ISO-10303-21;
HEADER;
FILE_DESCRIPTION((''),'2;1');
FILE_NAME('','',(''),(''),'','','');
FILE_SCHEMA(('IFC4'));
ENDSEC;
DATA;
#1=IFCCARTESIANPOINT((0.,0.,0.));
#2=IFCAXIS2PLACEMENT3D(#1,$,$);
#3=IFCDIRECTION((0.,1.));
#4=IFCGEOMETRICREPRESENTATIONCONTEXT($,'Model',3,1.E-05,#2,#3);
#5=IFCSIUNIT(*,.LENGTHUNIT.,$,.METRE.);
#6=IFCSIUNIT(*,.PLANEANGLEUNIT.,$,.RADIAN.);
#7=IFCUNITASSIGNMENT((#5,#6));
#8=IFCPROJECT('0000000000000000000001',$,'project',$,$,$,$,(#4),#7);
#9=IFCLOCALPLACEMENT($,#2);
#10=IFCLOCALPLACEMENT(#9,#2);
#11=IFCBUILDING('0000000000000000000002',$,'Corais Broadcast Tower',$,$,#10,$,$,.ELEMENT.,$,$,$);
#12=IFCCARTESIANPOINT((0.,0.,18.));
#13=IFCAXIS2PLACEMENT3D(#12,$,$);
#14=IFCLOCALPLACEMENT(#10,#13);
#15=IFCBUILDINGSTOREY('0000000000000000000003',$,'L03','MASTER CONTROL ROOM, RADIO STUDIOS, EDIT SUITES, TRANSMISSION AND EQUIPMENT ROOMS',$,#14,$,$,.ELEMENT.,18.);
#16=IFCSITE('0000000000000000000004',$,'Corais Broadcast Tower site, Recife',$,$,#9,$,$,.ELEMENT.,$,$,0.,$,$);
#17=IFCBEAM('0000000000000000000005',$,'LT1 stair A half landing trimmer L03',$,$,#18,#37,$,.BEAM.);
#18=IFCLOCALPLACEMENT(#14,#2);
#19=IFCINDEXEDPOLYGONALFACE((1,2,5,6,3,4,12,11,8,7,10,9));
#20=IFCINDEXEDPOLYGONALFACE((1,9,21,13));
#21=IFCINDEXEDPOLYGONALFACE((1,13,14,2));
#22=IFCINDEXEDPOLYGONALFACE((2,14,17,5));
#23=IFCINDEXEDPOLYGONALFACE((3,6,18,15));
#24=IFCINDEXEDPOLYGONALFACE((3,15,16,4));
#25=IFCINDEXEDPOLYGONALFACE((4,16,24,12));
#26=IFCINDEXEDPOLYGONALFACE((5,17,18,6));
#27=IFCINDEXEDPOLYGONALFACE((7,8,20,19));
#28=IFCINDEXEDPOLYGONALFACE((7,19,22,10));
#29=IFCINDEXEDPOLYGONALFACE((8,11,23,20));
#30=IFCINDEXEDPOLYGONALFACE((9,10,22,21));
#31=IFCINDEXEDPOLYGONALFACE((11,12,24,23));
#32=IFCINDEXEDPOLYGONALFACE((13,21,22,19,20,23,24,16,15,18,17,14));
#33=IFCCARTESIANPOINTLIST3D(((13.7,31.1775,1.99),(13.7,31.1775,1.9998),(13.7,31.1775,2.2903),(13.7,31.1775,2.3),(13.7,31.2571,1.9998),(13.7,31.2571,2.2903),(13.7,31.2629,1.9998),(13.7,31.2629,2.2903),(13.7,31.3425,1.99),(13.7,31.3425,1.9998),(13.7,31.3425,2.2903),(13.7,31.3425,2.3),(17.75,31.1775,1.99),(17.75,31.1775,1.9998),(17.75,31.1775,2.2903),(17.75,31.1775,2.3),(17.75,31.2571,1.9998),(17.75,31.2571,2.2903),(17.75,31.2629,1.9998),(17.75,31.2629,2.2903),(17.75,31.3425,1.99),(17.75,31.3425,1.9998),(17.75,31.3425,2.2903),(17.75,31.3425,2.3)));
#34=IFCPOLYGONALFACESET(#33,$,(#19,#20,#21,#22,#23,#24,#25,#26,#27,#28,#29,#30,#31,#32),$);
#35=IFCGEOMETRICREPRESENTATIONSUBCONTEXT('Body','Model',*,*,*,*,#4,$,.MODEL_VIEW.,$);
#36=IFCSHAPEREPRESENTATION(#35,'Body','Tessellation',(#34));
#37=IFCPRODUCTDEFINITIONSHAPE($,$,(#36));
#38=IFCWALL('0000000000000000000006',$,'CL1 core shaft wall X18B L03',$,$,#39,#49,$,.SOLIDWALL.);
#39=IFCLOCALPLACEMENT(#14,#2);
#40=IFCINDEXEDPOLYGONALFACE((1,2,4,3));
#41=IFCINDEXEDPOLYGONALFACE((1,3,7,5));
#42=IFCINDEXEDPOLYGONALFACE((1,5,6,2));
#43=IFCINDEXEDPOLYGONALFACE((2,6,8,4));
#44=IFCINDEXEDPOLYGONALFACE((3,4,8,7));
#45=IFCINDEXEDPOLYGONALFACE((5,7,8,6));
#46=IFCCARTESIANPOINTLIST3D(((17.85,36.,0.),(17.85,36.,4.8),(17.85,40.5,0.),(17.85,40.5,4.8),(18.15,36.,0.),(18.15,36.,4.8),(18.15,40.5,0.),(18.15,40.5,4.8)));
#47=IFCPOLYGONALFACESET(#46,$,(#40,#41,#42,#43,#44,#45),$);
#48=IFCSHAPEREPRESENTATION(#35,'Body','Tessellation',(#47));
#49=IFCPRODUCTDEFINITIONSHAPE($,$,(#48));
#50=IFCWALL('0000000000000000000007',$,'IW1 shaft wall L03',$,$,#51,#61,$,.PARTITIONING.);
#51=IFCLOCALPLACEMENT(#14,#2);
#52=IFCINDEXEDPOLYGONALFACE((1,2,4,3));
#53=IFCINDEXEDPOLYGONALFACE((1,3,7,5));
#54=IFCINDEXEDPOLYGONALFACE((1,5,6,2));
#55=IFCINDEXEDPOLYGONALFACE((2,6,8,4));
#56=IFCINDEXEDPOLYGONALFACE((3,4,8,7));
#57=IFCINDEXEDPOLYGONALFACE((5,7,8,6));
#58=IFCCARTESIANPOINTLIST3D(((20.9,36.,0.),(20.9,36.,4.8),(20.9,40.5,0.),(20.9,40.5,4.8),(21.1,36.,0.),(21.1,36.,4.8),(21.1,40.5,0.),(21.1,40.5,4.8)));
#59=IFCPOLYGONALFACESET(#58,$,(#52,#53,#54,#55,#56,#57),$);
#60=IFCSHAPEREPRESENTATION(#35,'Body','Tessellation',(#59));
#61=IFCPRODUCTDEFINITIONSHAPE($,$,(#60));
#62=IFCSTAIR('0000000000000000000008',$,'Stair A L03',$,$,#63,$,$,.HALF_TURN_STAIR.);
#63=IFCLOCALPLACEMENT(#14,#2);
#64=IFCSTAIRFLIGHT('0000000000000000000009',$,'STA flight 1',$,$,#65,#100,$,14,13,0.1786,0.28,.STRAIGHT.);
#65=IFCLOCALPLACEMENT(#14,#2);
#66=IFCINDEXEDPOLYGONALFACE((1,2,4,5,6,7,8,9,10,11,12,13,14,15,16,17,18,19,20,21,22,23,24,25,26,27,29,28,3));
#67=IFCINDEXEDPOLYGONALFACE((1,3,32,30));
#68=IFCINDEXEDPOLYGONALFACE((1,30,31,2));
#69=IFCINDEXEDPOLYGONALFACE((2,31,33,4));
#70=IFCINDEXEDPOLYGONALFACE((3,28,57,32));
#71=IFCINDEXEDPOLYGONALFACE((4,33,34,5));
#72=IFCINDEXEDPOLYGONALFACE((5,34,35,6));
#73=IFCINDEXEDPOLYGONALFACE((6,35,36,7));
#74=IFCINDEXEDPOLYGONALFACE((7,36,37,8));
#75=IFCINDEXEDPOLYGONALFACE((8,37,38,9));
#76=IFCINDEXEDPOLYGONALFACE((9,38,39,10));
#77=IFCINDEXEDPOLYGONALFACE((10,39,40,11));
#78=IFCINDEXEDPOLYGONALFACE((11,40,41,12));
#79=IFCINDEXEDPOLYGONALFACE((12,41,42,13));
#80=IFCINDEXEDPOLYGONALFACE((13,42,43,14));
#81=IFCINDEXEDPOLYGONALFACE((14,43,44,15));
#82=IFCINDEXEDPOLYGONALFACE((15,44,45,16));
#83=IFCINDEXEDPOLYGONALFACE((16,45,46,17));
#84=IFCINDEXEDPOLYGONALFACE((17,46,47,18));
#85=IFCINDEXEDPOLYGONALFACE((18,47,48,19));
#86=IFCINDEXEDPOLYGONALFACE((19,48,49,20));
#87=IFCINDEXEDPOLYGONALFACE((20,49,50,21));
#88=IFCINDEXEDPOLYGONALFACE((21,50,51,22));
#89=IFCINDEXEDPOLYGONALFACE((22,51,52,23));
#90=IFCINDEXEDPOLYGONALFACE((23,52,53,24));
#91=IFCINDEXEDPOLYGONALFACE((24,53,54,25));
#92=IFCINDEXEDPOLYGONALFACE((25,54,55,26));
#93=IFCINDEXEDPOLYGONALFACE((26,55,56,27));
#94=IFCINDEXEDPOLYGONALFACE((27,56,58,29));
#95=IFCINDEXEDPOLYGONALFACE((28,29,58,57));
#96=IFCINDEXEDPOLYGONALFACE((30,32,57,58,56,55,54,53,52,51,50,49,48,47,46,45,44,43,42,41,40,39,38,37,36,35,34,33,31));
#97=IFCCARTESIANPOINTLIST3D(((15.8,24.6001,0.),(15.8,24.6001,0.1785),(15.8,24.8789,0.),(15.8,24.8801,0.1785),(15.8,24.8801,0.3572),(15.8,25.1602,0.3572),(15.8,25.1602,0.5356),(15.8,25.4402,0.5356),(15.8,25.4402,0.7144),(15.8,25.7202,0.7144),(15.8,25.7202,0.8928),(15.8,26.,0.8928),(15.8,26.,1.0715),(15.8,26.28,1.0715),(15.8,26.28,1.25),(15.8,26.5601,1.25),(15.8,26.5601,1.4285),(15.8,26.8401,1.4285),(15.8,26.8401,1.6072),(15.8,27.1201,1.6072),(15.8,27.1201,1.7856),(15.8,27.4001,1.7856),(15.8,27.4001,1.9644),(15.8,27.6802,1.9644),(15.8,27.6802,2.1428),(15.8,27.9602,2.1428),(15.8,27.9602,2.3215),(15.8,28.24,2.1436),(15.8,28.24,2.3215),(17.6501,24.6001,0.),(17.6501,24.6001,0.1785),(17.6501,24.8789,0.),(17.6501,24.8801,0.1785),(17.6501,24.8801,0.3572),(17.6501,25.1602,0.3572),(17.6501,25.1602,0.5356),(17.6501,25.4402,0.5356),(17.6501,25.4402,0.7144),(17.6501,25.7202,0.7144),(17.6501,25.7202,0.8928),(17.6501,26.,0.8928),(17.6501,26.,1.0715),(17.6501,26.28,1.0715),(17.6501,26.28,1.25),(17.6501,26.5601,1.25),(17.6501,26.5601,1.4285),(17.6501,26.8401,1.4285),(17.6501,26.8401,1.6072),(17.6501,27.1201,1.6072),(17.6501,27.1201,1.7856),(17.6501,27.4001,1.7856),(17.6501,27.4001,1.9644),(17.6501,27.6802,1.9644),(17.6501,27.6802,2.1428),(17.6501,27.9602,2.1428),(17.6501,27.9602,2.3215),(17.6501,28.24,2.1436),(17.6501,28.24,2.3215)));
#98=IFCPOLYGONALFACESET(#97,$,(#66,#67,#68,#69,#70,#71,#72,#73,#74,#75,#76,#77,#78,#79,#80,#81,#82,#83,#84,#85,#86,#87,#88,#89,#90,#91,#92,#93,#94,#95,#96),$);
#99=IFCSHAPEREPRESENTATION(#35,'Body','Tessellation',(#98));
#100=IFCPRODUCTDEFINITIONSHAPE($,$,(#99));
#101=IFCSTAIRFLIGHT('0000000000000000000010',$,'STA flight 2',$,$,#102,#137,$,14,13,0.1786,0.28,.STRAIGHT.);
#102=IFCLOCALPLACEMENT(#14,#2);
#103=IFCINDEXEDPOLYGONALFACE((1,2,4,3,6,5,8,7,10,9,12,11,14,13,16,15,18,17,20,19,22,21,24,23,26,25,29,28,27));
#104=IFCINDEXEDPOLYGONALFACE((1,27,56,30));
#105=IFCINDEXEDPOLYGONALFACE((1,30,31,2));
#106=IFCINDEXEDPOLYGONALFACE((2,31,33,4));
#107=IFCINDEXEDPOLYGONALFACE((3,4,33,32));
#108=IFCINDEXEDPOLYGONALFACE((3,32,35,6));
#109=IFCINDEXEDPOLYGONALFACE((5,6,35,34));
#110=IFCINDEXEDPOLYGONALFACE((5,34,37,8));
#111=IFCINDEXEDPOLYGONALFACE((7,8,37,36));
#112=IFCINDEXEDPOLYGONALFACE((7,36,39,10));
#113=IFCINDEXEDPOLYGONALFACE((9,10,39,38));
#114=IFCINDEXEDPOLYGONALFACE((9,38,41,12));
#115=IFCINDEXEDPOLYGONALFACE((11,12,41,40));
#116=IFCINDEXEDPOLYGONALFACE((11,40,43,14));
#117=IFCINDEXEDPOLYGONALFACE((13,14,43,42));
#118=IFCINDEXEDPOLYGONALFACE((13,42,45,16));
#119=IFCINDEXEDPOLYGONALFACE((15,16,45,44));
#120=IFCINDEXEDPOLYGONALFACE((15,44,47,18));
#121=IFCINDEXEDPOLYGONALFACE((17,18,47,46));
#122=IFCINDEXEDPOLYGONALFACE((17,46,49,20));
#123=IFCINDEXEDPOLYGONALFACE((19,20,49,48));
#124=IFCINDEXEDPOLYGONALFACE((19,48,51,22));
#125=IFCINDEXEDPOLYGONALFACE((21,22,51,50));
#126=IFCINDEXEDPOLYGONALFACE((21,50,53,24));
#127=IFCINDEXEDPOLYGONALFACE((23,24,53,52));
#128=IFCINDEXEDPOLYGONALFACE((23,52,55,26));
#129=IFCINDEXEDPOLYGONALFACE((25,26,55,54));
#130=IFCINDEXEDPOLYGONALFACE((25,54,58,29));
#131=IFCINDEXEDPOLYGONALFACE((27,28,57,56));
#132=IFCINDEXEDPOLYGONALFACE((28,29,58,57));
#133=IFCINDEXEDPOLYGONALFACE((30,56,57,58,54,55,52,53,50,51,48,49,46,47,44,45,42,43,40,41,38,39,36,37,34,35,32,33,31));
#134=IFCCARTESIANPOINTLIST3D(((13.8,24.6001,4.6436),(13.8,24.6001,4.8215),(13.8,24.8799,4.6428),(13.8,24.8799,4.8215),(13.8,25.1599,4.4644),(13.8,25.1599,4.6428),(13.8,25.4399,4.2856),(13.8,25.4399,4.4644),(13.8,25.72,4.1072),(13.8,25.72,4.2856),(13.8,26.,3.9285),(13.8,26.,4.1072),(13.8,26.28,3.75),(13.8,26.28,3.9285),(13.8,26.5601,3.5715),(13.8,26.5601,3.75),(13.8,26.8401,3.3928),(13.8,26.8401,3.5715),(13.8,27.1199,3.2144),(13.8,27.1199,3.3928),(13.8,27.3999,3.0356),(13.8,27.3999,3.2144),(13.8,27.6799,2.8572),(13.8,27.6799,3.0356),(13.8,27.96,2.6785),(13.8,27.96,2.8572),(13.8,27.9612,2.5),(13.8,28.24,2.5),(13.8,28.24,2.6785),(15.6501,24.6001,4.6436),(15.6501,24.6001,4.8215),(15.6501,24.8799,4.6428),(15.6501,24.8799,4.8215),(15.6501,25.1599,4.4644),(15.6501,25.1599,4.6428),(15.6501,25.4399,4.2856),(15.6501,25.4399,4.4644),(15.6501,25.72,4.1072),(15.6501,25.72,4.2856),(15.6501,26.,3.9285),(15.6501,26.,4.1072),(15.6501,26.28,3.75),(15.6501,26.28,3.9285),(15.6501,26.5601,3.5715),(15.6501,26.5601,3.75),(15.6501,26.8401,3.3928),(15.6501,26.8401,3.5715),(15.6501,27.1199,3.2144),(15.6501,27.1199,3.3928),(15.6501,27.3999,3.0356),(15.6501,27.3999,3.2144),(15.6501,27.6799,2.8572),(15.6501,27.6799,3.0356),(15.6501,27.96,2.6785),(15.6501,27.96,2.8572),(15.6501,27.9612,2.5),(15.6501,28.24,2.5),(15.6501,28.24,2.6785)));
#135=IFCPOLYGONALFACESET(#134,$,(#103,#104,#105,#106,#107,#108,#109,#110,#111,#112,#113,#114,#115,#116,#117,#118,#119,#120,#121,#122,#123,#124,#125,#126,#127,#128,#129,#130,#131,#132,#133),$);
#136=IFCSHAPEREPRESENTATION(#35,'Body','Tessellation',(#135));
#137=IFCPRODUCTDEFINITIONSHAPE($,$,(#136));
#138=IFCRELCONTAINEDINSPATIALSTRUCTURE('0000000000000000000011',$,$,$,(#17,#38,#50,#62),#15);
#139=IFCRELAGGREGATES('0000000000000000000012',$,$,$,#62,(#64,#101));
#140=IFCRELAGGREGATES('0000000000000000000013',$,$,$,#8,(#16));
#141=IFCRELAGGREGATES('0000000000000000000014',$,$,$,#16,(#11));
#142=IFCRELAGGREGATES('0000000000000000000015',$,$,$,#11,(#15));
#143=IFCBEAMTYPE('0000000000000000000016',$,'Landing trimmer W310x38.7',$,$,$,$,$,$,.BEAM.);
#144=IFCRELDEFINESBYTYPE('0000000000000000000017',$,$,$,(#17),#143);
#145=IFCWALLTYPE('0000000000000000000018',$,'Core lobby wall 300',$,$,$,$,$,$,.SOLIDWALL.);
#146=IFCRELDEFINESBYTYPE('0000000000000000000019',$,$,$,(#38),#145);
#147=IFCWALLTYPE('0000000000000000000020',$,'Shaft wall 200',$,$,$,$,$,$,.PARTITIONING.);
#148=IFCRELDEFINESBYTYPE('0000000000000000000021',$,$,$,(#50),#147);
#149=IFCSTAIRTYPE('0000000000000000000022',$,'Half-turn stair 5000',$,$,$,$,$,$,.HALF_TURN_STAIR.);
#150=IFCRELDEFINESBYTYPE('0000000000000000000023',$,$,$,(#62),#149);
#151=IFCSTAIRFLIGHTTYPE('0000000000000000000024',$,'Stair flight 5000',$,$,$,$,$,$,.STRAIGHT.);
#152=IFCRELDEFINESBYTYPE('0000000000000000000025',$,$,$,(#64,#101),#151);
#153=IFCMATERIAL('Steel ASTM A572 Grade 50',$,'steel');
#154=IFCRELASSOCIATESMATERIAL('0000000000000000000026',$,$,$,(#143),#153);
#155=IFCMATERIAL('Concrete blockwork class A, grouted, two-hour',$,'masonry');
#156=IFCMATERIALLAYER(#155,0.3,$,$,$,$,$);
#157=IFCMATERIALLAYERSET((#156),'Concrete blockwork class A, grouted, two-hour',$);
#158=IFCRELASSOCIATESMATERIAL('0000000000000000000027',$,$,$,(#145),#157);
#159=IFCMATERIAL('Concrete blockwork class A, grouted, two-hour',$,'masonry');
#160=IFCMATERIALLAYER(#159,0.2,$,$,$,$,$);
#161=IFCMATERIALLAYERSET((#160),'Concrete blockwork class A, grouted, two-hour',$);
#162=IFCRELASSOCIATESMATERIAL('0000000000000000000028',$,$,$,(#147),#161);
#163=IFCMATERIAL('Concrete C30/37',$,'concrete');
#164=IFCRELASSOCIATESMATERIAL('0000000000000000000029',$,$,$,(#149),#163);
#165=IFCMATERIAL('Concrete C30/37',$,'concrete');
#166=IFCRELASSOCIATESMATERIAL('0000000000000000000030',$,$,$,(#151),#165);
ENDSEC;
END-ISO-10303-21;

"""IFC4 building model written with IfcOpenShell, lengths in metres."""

from ifc_helpers import new_model, si_unit, direction, frame, frame_2d, origin, origin_2d, place, context, subcontext, project, spatial, polyline, rectangle, i_section, outline, extrude, material, layer, layer_set, material_profile, profile_set, type_object, element, aggregate, save


model = new_model("IFC4")

# Units and contexts
model_context = context("Model", 3, precision=1e-05, world=origin(), true_north=direction((0.0, 1.0)))
body_context = subcontext(model_context, "Body", "Model", "MODEL_VIEW")
ifc_project = project(units=[si_unit("LENGTHUNIT", "METRE"), si_unit("PLANEANGLEUNIT", "RADIAN")], contexts=[model_context])

# Site, building, storey
site_placement = place(None, origin())
site = spatial("IfcSite", under=ifc_project, at=site_placement, Name="Corais Broadcast Tower site, Recife", CompositionType="ELEMENT", RefElevation=0.0)
building_placement = place(site_placement, origin())
building = spatial("IfcBuilding", under=site, at=building_placement, Name="Corais Broadcast Tower", CompositionType="ELEMENT")
storey_placement = place(building_placement, frame((0.0, 0.0, 18.0)))
storey = spatial("IfcBuildingStorey", under=building, at=storey_placement, Name="L03", Description="MASTER CONTROL ROOM, RADIO STUDIOS, EDIT SUITES, TRANSMISSION AND EQUIPMENT ROOMS", CompositionType="ELEMENT", Elevation=18.0)

# Beam
ifc_material_1 = material(Name="Steel ASTM A572 Grade 50", Category="steel")
ifc_material_profile = material_profile(ifc_material_1, i_section(OverallWidth=0.165, OverallDepth=0.3101, WebThickness=0.0059, FlangeThickness=0.0098, at=origin_2d()), Name="W310x38.7")
ifc_profile_set = profile_set([ifc_material_profile], Name="Steel ASTM A572 Grade 50")
beam_type = type_object("IfcBeamType", Name="Landing trimmer W310x38.7", PredefinedType="BEAM", material=ifc_profile_set)
beam_placement = place(storey_placement, frame((13.7, 31.26, 2.145), z_axis=(1.0, 0.0, 0.0), x_axis=(0.0, 1.0, 0.0)))
element("IfcBeam", 1, at=beam_placement, inside=storey, type_object=beam_type, Name="LT1 stair A half landing trimmer L03", PredefinedType="BEAM", context=body_context, shape_type="SweptSolid", body=[
    extrude(i_section(OverallWidth=0.165, OverallDepth=0.3101, WebThickness=0.0059, FlangeThickness=0.0098, at=origin_2d()), origin(), (0.0, 0.0, 1.0), 4.05),
])

# Walls
ifc_material_2 = material(Name="Concrete blockwork class A, grouted, two-hour", Category="masonry")
ifc_layer_1 = layer(ifc_material_2, 0.3)
ifc_layer_set_1 = layer_set([ifc_layer_1], Name="Concrete blockwork class A, grouted, two-hour")
wall_type_1 = type_object("IfcWallType", Name="Core lobby wall 300", PredefinedType="SOLIDWALL", material=ifc_layer_set_1)
wall_1_placement = place(storey_placement, frame((18.0, 36.0, 0.0), z_axis=(0.0, 0.0, 1.0), x_axis=(0.0, 1.0, 0.0)))
element("IfcWall", 2, at=wall_1_placement, inside=storey, type_object=wall_type_1, Name="CL1 core shaft wall X18B L03", PredefinedType="SOLIDWALL", context=body_context, shape_type="SweptSolid", body=[
    extrude(rectangle(XDim=4.5, YDim=0.3, at=frame_2d((2.25, 0.0))), origin(), (0.0, 0.0, 1.0), 4.8),
])
ifc_material_3 = material(Name="Concrete blockwork class A, grouted, two-hour", Category="masonry")
ifc_layer_2 = layer(ifc_material_3, 0.2)
ifc_layer_set_2 = layer_set([ifc_layer_2], Name="Concrete blockwork class A, grouted, two-hour")
wall_type_2 = type_object("IfcWallType", Name="Shaft wall 200", PredefinedType="PARTITIONING", material=ifc_layer_set_2)
wall_2_placement = place(storey_placement, frame((21.0, 36.0, 0.0), z_axis=(0.0, 0.0, 1.0), x_axis=(0.0, 1.0, 0.0)))
element("IfcWall", 3, at=wall_2_placement, inside=storey, type_object=wall_type_2, Name="IW1 shaft wall L03", PredefinedType="PARTITIONING", context=body_context, shape_type="SweptSolid", body=[
    extrude(rectangle(XDim=4.5, YDim=0.2, at=frame_2d((2.25, 0.0))), origin(), (0.0, 0.0, 1.0), 4.8),
])

# Stair, stair flights
ifc_material_4 = material(Name="Concrete C30/37", Category="concrete")
stair_type = type_object("IfcStairType", Name="Half-turn stair 5000", PredefinedType="HALF_TURN_STAIR", material=ifc_material_4)
stair_placement = place(storey_placement, origin())
stair = element("IfcStair", 4, at=stair_placement, inside=storey, type_object=stair_type, Name="Stair A L03", PredefinedType="HALF_TURN_STAIR")
ifc_material_5 = material(Name="Concrete C30/37", Category="concrete")
stair_flight_type = type_object("IfcStairFlightType", Name="Stair flight 5000", PredefinedType="STRAIGHT", material=ifc_material_5)
stair_flight_1_placement = place(storey_placement, frame((16.7251, 24.6001, 0.0), z_axis=(0.0, 0.0, 1.0), x_axis=(0.0, 1.0, 0.0)))
stair_flight_1 = element("IfcStairFlight", 5, at=stair_flight_1_placement, type_object=stair_flight_type, Name="STA flight 1", NumberOfRisers=14, NumberOfTreads=13, PredefinedType="STRAIGHT", RiserHeight=0.1786, TreadLength=0.28, context=body_context, shape_type="SweptSolid", body=[
    extrude(outline(polyline([(0.0, 0.0), (0.0, 0.1785), (0.28, 0.1785), (0.28, 0.3572), (0.5601, 0.3572), (0.5601, 0.5356), (0.8401, 0.5356), (0.8401, 0.7144), (1.1201, 0.7144), (1.1201, 0.8928), (1.3999, 0.8928), (1.3999, 1.0715), (1.6799, 1.0715), (1.6799, 1.25), (1.96, 1.25), (1.96, 1.4285), (2.24, 1.4285), (2.24, 1.6072), (2.52, 1.6072), (2.52, 1.7856), (2.8, 1.7856), (2.8, 1.9644), (3.0801, 1.9644), (3.0801, 2.1428), (3.3601, 2.1428), (3.3601, 2.3215), (3.6399, 2.3215), (3.6399, 2.5), (3.6399, 2.1436), (0.2788, 0.0), (0.0, 0.0)])), frame((0.0, 0.925, 0.0), z_axis=(0.0, -1.0, 0.0), x_axis=(1.0, 0.0, 0.0)), (0.0, 0.0, 1.0), 1.8501),
])
stair_flight_2_placement = place(storey_placement, frame((14.7251, 28.24, 2.5), z_axis=(0.0, 0.0, 1.0), x_axis=(0.0, -1.0, 0.0)))
stair_flight_2 = element("IfcStairFlight", 6, at=stair_flight_2_placement, type_object=stair_flight_type, Name="STA flight 2", NumberOfRisers=14, NumberOfTreads=13, PredefinedType="STRAIGHT", RiserHeight=0.1786, TreadLength=0.28, context=body_context, shape_type="SweptSolid", body=[
    extrude(outline(polyline([(0.0, 0.0), (0.0, 0.1785), (0.28, 0.1785), (0.28, 0.3572), (0.5601, 0.3572), (0.5601, 0.5356), (0.8401, 0.5356), (0.8401, 0.7144), (1.1201, 0.7144), (1.1201, 0.8928), (1.3999, 0.8928), (1.3999, 1.0715), (1.6799, 1.0715), (1.6799, 1.25), (1.96, 1.25), (1.96, 1.4285), (2.24, 1.4285), (2.24, 1.6072), (2.52, 1.6072), (2.52, 1.7856), (2.8, 1.7856), (2.8, 1.9644), (3.0801, 1.9644), (3.0801, 2.1428), (3.3601, 2.1428), (3.3601, 2.3215), (3.6399, 2.3215), (3.6399, 2.5), (3.6399, 2.1436), (0.2788, 0.0), (0.0, 0.0)])), frame((0.0, 0.925, 0.0), z_axis=(0.0, -1.0, 0.0), x_axis=(1.0, 0.0, 0.0)), (0.0, 0.0, 1.0), 1.8501),
])
aggregate(stair, [stair_flight_1, stair_flight_2])

save(model, "model.ifc")
